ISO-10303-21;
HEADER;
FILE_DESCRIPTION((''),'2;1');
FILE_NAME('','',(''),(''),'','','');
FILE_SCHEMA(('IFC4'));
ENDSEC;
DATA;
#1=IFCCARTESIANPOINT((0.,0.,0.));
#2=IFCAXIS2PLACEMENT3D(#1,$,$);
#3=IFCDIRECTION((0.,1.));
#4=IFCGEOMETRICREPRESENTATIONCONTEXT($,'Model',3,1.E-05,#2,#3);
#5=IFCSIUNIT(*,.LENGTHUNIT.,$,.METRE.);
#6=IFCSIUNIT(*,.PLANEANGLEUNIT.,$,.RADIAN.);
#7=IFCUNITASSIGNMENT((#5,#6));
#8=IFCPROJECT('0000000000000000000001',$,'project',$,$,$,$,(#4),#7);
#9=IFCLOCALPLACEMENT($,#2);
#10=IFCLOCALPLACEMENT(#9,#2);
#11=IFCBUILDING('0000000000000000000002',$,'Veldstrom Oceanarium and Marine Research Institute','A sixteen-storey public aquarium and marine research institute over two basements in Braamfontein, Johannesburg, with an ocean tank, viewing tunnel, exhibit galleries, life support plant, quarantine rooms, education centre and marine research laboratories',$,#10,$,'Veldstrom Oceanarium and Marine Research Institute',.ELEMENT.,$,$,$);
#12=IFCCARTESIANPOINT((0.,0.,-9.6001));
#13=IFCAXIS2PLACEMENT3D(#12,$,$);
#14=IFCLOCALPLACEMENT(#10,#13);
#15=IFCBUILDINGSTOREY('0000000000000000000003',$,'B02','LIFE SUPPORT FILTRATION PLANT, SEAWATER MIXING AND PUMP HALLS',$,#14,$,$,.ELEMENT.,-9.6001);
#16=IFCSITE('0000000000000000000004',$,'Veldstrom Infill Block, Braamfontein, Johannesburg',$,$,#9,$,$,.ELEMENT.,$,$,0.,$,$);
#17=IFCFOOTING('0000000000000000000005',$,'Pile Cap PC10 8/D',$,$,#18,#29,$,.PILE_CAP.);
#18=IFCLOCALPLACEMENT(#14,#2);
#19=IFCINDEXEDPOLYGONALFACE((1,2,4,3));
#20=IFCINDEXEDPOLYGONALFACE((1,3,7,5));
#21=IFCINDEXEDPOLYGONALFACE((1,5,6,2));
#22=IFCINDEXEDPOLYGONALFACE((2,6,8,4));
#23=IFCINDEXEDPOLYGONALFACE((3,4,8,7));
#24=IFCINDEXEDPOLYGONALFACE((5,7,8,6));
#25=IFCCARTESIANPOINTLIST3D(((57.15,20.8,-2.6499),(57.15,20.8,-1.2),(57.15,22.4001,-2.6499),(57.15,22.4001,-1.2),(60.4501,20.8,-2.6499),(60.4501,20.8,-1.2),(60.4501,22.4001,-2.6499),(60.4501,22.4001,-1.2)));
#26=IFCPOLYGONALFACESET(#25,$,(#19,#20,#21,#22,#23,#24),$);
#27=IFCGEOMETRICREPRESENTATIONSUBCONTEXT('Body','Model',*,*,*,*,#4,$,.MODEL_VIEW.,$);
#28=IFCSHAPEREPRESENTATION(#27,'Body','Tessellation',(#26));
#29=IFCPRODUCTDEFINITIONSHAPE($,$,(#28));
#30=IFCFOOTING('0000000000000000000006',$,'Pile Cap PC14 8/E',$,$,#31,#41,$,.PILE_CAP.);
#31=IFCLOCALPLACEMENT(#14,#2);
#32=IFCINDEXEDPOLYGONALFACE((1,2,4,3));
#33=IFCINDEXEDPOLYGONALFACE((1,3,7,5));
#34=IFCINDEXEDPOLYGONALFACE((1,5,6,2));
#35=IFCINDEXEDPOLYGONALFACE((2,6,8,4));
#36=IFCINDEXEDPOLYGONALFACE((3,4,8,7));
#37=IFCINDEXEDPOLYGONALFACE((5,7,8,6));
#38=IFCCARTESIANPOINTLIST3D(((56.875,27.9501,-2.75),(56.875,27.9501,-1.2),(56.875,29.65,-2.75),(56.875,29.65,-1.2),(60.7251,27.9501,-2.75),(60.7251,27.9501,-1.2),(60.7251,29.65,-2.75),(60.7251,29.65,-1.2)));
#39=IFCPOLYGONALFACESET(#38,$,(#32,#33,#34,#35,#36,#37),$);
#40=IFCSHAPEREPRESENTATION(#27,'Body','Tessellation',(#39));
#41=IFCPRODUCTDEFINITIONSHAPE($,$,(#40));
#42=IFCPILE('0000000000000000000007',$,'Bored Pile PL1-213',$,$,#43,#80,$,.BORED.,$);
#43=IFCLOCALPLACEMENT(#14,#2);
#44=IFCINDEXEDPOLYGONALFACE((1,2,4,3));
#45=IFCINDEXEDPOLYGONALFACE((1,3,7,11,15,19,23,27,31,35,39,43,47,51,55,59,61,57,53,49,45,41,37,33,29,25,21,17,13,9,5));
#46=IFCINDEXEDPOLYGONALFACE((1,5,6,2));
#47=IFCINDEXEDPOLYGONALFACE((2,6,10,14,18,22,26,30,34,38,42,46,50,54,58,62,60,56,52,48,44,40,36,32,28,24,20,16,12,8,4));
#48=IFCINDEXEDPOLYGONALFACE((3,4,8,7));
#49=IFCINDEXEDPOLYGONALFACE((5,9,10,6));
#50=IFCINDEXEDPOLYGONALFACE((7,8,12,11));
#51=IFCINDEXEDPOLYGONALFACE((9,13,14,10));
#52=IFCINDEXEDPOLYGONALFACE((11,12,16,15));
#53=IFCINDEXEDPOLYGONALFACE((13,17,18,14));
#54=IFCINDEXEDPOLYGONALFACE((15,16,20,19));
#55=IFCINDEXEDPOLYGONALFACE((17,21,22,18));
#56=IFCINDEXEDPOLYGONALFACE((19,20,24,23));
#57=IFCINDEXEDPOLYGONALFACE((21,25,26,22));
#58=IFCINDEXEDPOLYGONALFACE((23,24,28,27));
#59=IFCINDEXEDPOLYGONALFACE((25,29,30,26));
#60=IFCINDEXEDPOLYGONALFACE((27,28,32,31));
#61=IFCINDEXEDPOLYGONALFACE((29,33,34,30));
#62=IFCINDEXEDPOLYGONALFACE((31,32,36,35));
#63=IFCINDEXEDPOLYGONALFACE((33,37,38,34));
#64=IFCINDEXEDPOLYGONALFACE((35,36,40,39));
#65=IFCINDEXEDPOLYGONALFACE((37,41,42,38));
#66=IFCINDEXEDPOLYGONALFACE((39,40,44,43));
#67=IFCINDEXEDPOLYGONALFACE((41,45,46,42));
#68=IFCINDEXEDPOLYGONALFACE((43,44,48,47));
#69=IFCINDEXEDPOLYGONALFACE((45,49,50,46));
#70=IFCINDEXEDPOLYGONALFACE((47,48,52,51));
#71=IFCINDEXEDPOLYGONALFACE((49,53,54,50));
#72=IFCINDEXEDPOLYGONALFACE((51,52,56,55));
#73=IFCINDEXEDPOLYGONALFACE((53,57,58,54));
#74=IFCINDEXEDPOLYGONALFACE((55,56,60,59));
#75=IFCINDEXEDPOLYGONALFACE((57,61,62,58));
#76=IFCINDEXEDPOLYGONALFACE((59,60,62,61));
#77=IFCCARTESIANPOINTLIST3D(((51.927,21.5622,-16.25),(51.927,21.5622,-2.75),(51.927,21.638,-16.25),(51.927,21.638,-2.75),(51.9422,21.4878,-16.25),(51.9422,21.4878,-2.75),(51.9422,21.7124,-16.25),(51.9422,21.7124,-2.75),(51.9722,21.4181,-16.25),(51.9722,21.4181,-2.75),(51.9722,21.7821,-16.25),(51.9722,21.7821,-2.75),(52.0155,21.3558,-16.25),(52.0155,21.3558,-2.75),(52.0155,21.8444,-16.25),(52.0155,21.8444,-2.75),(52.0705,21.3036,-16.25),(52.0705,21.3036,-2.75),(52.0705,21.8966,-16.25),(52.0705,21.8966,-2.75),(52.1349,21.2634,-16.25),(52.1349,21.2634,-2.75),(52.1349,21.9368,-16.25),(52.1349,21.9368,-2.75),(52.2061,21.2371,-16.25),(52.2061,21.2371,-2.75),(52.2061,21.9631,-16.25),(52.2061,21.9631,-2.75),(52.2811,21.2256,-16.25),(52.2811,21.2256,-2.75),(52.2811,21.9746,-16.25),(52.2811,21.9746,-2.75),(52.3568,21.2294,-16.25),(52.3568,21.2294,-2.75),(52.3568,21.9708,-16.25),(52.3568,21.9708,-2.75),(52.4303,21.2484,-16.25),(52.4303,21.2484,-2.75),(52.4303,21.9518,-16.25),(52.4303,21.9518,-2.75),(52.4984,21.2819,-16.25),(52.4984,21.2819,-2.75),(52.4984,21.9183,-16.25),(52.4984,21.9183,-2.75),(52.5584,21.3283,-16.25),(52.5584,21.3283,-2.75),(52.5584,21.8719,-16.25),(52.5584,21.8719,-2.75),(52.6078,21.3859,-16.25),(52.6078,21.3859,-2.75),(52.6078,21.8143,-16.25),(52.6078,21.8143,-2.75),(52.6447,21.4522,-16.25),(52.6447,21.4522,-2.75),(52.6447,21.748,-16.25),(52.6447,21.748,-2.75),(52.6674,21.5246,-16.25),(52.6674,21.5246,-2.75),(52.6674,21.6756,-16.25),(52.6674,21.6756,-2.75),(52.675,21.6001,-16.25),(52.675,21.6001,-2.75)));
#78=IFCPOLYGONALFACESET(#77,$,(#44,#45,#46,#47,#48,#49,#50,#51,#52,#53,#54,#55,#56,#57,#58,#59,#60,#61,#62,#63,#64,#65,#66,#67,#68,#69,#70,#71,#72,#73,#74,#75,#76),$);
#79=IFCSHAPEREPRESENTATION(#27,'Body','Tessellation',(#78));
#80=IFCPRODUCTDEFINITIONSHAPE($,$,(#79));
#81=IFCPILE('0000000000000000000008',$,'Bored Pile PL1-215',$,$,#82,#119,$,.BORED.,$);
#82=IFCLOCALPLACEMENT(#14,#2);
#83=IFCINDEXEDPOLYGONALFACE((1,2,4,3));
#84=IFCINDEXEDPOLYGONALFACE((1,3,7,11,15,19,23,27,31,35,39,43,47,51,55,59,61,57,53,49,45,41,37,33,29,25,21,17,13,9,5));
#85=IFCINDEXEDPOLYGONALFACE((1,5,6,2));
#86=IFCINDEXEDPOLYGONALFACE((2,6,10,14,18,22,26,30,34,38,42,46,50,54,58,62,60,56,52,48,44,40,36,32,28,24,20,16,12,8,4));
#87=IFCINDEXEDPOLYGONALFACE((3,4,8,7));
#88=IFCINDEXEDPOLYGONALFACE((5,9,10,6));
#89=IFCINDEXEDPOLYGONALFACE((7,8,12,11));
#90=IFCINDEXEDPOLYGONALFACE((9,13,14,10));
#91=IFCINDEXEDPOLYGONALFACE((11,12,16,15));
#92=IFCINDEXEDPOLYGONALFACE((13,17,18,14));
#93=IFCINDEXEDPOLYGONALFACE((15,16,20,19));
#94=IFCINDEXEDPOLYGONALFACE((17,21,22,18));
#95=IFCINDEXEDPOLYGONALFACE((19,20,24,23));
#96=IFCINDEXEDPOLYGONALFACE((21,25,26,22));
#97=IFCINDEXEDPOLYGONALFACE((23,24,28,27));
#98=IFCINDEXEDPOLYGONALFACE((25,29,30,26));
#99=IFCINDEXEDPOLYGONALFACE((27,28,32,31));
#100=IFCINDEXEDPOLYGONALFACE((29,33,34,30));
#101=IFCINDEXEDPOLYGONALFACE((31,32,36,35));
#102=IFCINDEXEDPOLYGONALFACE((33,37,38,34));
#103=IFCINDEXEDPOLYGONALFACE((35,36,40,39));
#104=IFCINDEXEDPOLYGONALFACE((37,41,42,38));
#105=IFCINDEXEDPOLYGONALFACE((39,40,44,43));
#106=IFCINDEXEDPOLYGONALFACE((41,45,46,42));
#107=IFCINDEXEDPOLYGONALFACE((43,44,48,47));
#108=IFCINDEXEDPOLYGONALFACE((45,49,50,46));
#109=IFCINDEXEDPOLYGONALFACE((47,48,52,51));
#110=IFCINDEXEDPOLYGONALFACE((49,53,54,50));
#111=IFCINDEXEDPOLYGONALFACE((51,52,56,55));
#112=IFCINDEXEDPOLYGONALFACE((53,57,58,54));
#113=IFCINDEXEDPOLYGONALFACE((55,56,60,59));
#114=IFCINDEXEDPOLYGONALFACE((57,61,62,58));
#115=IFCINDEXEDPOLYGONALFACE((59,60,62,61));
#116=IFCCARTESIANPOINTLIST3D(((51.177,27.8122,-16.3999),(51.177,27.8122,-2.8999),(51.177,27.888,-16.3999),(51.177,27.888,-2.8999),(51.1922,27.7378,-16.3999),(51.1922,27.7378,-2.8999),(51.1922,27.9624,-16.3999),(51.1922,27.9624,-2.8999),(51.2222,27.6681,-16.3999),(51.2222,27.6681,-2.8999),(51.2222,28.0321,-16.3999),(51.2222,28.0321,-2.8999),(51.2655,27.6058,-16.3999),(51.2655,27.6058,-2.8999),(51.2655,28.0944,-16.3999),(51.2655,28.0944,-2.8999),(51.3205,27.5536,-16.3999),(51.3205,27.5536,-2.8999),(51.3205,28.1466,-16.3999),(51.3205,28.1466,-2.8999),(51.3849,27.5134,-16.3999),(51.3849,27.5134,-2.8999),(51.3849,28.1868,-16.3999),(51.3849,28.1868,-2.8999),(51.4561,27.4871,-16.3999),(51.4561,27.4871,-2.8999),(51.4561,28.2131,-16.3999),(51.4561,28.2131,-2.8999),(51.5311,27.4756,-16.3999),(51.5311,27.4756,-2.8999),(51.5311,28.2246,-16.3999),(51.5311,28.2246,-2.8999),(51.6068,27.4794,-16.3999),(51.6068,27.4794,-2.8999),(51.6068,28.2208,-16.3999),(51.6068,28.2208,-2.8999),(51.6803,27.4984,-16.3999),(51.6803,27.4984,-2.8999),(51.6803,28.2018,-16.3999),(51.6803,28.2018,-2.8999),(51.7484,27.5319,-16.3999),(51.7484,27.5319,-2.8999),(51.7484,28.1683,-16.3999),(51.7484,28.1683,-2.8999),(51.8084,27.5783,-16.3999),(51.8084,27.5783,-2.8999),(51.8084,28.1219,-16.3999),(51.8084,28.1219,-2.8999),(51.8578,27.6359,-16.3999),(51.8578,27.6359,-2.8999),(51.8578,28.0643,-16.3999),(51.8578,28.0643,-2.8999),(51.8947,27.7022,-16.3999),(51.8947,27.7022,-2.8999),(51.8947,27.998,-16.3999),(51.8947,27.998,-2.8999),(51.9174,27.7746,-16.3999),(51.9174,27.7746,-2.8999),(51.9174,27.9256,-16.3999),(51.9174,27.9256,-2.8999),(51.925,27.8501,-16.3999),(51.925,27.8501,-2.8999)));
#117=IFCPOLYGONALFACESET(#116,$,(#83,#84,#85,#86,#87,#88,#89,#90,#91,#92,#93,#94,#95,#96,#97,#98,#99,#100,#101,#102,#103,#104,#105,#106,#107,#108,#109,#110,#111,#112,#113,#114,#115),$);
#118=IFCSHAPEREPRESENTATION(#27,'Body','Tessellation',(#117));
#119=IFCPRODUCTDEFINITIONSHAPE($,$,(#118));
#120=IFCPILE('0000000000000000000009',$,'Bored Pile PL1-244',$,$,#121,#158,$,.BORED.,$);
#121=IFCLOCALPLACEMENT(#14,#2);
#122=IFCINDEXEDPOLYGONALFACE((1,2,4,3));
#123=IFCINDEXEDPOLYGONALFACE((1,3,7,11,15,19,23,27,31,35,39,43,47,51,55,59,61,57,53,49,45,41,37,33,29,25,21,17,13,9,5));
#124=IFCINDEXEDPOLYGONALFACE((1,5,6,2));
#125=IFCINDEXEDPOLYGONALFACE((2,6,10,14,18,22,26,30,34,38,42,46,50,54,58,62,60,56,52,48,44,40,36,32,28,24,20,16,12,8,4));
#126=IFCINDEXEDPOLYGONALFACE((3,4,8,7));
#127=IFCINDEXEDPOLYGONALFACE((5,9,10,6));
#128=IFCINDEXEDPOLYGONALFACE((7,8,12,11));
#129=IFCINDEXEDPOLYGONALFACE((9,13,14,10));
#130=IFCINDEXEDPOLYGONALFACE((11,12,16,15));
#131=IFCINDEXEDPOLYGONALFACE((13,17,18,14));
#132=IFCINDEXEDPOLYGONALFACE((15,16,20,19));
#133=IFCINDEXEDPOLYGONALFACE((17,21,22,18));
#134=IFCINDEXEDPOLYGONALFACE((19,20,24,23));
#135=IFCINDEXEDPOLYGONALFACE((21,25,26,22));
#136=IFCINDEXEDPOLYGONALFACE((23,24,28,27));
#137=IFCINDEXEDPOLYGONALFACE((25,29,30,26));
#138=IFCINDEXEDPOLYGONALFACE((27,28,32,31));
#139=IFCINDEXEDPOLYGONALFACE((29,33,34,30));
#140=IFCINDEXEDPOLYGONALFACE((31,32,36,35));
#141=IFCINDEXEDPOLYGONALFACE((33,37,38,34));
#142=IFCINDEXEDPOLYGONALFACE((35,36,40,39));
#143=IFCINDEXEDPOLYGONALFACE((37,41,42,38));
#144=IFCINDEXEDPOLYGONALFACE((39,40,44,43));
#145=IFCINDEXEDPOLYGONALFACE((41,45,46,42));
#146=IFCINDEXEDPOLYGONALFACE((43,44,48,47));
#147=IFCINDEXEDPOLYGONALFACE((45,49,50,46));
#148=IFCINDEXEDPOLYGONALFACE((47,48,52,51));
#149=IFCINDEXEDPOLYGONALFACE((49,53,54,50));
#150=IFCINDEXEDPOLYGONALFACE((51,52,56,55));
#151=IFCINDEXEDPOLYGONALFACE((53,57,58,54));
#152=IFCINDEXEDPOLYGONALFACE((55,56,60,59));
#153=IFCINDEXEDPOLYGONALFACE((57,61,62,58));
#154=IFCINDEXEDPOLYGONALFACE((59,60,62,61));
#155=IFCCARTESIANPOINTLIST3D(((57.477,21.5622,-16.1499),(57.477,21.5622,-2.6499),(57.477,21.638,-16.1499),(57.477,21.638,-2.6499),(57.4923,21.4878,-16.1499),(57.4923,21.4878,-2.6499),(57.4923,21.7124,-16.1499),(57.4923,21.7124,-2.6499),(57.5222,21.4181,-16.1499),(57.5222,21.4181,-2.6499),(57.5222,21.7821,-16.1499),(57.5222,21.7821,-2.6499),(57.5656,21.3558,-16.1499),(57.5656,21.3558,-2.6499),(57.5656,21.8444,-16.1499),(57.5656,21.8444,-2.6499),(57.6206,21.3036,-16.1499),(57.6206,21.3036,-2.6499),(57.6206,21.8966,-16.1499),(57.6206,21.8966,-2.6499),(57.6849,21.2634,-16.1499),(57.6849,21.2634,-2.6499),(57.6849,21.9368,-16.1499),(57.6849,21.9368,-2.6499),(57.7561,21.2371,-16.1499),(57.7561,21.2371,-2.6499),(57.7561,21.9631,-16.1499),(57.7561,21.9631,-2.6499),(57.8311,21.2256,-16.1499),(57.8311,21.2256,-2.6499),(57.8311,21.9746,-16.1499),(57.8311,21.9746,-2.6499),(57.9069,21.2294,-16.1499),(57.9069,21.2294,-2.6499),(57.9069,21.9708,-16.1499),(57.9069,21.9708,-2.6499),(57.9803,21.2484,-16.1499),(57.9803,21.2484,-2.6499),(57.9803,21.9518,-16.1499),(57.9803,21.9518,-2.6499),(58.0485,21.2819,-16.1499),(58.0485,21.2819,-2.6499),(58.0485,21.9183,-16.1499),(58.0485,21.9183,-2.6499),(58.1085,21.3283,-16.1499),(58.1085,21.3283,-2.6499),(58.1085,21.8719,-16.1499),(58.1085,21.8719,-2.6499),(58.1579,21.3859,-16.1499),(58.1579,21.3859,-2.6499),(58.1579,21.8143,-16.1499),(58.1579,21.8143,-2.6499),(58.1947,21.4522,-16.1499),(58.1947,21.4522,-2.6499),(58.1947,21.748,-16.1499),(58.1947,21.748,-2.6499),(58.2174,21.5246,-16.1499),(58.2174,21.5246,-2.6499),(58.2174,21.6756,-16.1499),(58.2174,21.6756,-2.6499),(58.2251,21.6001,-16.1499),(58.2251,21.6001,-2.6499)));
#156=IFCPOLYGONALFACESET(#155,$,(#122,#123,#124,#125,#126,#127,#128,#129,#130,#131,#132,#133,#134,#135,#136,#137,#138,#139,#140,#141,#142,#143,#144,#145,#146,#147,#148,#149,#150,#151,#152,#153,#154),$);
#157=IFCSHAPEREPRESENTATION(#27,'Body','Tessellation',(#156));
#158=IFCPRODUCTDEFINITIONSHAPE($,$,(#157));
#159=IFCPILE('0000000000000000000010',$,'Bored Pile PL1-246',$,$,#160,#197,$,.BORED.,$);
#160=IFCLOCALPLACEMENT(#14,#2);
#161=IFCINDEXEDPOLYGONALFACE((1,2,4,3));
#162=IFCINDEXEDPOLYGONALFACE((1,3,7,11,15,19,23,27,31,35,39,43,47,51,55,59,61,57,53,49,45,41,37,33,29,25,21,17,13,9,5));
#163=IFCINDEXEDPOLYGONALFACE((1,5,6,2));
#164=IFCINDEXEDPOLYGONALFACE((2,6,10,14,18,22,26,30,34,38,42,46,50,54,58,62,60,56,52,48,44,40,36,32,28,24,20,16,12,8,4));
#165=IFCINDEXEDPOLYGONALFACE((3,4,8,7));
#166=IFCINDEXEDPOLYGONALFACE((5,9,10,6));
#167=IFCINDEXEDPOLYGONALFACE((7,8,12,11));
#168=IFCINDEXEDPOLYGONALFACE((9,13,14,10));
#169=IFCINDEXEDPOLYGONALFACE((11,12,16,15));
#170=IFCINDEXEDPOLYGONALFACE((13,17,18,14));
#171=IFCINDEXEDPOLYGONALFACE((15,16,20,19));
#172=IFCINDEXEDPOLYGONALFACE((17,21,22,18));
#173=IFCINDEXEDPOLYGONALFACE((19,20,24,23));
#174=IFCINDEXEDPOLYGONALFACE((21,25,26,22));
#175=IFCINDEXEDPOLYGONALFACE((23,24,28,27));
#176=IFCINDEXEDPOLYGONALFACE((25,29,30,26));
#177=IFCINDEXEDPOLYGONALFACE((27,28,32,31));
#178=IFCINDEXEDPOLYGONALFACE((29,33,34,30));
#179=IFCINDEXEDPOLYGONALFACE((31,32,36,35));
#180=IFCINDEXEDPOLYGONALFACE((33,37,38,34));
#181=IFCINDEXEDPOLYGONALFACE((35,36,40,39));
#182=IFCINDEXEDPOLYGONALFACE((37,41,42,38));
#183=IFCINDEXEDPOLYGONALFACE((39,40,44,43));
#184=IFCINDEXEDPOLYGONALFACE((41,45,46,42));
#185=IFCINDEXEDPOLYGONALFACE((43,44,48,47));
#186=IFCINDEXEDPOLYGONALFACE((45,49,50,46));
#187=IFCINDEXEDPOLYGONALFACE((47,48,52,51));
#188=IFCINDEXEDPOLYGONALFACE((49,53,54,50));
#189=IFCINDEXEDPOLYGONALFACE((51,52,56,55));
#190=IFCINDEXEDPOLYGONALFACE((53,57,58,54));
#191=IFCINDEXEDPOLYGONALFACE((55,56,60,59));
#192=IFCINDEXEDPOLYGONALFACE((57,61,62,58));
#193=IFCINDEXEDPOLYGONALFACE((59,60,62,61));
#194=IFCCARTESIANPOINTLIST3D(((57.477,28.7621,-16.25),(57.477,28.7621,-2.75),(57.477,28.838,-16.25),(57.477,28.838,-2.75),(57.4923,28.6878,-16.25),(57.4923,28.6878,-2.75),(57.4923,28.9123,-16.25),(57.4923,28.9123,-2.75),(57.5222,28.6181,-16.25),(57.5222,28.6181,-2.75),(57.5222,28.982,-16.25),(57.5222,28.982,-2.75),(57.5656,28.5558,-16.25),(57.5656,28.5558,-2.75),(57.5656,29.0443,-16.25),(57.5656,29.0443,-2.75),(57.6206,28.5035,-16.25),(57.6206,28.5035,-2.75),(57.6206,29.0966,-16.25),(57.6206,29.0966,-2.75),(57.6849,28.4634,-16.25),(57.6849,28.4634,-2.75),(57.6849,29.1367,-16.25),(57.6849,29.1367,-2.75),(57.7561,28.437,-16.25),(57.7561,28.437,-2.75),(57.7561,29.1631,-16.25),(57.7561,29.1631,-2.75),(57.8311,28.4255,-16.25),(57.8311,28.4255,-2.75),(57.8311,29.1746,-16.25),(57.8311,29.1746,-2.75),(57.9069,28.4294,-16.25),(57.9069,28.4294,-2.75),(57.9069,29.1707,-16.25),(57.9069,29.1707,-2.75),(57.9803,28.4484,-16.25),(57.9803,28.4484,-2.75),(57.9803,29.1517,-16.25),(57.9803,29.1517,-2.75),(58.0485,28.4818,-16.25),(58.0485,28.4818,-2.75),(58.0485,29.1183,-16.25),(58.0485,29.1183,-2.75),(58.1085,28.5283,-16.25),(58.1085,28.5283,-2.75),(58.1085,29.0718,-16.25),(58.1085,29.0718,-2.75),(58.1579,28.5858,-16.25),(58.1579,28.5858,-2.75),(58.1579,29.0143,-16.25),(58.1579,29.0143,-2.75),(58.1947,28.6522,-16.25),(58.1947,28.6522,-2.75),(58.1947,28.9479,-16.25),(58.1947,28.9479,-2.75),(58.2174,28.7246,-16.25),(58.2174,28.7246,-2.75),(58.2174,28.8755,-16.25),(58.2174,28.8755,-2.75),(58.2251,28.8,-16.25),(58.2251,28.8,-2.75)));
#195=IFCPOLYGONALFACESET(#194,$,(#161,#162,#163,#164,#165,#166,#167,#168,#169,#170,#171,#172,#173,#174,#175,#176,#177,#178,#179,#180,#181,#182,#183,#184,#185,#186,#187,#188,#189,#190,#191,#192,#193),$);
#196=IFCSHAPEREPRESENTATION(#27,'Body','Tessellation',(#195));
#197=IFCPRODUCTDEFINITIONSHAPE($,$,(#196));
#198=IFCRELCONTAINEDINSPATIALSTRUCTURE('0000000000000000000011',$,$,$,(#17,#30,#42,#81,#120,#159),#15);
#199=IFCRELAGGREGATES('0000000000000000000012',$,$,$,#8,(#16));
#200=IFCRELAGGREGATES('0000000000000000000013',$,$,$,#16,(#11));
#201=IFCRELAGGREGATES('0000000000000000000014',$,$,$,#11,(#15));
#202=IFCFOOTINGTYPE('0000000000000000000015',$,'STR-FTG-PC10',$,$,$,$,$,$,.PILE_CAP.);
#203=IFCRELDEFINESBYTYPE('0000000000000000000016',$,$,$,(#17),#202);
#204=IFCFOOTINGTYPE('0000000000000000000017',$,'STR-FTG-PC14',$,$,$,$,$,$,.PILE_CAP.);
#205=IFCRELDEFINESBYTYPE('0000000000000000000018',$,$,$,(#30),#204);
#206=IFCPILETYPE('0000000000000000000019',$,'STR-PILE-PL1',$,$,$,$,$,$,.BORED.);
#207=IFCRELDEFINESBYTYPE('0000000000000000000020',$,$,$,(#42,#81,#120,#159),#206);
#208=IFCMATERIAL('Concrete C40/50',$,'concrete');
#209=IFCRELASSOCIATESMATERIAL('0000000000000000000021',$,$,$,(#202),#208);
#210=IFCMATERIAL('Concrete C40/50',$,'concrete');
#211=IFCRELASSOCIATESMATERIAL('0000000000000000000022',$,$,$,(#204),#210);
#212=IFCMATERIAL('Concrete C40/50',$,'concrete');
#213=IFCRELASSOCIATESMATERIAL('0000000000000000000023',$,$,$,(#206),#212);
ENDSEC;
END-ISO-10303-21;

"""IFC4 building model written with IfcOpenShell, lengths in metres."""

from ifc_helpers import new_model, si_unit, direction, frame, origin, origin_2d, place, context, subcontext, project, spatial, rectangle, circle, extrude, material, material_profile, profile_set, type_object, element, save


model = new_model("IFC4")

# Units and contexts
model_context = context("Model", 3, precision=1e-05, world=origin(), true_north=direction((0.0, 1.0)))
body_context = subcontext(model_context, "Body", "Model", "MODEL_VIEW")
ifc_project = project(units=[si_unit("LENGTHUNIT", "METRE"), si_unit("PLANEANGLEUNIT", "RADIAN")], contexts=[model_context])

# Site, building, storey
site_placement = place(None, origin())
site = spatial("IfcSite", under=ifc_project, at=site_placement, Name="Veldstrom Infill Block, Braamfontein, Johannesburg", CompositionType="ELEMENT", RefElevation=0.0)
building_placement = place(site_placement, origin())
building = spatial("IfcBuilding", under=site, at=building_placement, Name="Veldstrom Oceanarium and Marine Research Institute", Description="A sixteen-storey public aquarium and marine research institute over two basements in Braamfontein, Johannesburg, with an ocean tank, viewing tunnel, exhibit galleries, life support plant, quarantine rooms, education centre and marine research laboratories", LongName="Veldstrom Oceanarium and Marine Research Institute", CompositionType="ELEMENT")
storey_placement = place(building_placement, frame((0.0, 0.0, -9.6001)))
storey = spatial("IfcBuildingStorey", under=building, at=storey_placement, Name="B02", Description="LIFE SUPPORT FILTRATION PLANT, SEAWATER MIXING AND PUMP HALLS", CompositionType="ELEMENT", Elevation=-9.6001)

# Footings
ifc_material_1 = material(Name="Concrete C40/50", Category="concrete")
footing_type_1 = type_object("IfcFootingType", Name="STR-FTG-PC10", PredefinedType="PILE_CAP", material=ifc_material_1)
footing_1_placement = place(storey_placement, frame((58.8, 21.6001, -2.6499), z_axis=(0.0, 0.0, 1.0), x_axis=(1.0, 0.0, 0.0)))
element("IfcFooting", 1, at=footing_1_placement, inside=storey, type_object=footing_type_1, Name="Pile Cap PC10 8/D", PredefinedType="PILE_CAP", context=body_context, shape_type="SweptSolid", body=[
    extrude(rectangle(XDim=3.3, YDim=1.6001, at=origin_2d()), origin(), (0.0, 0.0, 1.0), 1.45),
])
ifc_material_2 = material(Name="Concrete C40/50", Category="concrete")
footing_type_2 = type_object("IfcFootingType", Name="STR-FTG-PC14", PredefinedType="PILE_CAP", material=ifc_material_2)
footing_2_placement = place(storey_placement, frame((58.8, 28.8, -2.75), z_axis=(0.0, 0.0, 1.0), x_axis=(1.0, 0.0, 0.0)))
element("IfcFooting", 2, at=footing_2_placement, inside=storey, type_object=footing_type_2, Name="Pile Cap PC14 8/E", PredefinedType="PILE_CAP", context=body_context, shape_type="SweptSolid", body=[
    extrude(rectangle(XDim=3.8501, YDim=1.7, at=origin_2d()), origin(), (0.0, 0.0, 1.0), 1.55),
])

# Piles
ifc_material_3 = material(Name="Concrete C40/50", Category="concrete")
ifc_material_profile_1 = material_profile(ifc_material_3, circle(Radius=0.375, at=origin_2d()), Name="PILE-D750")
ifc_profile_set_1 = profile_set([ifc_material_profile_1], Name="Concrete C40/50")
pile_type = type_object("IfcPileType", Name="STR-PILE-PL1", PredefinedType="BORED", material=ifc_profile_set_1)
for number, where, z_axis, x_axis, name in (
    (3, (52.3, 21.6001, -2.75), (0.0, 0.0, -1.0), (1.0, 0.0, 0.0), "Bored Pile PL1-213"),
    (4, (51.55, 27.8501, -2.8999), (0.0, 0.0, -1.0), (1.0, 0.0, 0.0), "Bored Pile PL1-215"),
    (5, (57.8501, 21.6001, -2.6499), (0.0, 0.0, -1.0), (1.0, 0.0, 0.0), "Bored Pile PL1-244"),
    (6, (57.8501, 28.8, -2.75), (0.0, 0.0, -1.0), (1.0, 0.0, 0.0), "Bored Pile PL1-246"),
):
    element("IfcPile", number, at=place(storey_placement, frame(where, z_axis=z_axis, x_axis=x_axis)), inside=storey, type_object=pile_type, Name=name, PredefinedType="BORED", context=body_context, shape_type="SweptSolid", body=[
        extrude(circle(Radius=0.375, at=origin_2d()), origin(), (0.0, 0.0, 1.0), 13.5),
    ])

save(model, "model.ifc")
